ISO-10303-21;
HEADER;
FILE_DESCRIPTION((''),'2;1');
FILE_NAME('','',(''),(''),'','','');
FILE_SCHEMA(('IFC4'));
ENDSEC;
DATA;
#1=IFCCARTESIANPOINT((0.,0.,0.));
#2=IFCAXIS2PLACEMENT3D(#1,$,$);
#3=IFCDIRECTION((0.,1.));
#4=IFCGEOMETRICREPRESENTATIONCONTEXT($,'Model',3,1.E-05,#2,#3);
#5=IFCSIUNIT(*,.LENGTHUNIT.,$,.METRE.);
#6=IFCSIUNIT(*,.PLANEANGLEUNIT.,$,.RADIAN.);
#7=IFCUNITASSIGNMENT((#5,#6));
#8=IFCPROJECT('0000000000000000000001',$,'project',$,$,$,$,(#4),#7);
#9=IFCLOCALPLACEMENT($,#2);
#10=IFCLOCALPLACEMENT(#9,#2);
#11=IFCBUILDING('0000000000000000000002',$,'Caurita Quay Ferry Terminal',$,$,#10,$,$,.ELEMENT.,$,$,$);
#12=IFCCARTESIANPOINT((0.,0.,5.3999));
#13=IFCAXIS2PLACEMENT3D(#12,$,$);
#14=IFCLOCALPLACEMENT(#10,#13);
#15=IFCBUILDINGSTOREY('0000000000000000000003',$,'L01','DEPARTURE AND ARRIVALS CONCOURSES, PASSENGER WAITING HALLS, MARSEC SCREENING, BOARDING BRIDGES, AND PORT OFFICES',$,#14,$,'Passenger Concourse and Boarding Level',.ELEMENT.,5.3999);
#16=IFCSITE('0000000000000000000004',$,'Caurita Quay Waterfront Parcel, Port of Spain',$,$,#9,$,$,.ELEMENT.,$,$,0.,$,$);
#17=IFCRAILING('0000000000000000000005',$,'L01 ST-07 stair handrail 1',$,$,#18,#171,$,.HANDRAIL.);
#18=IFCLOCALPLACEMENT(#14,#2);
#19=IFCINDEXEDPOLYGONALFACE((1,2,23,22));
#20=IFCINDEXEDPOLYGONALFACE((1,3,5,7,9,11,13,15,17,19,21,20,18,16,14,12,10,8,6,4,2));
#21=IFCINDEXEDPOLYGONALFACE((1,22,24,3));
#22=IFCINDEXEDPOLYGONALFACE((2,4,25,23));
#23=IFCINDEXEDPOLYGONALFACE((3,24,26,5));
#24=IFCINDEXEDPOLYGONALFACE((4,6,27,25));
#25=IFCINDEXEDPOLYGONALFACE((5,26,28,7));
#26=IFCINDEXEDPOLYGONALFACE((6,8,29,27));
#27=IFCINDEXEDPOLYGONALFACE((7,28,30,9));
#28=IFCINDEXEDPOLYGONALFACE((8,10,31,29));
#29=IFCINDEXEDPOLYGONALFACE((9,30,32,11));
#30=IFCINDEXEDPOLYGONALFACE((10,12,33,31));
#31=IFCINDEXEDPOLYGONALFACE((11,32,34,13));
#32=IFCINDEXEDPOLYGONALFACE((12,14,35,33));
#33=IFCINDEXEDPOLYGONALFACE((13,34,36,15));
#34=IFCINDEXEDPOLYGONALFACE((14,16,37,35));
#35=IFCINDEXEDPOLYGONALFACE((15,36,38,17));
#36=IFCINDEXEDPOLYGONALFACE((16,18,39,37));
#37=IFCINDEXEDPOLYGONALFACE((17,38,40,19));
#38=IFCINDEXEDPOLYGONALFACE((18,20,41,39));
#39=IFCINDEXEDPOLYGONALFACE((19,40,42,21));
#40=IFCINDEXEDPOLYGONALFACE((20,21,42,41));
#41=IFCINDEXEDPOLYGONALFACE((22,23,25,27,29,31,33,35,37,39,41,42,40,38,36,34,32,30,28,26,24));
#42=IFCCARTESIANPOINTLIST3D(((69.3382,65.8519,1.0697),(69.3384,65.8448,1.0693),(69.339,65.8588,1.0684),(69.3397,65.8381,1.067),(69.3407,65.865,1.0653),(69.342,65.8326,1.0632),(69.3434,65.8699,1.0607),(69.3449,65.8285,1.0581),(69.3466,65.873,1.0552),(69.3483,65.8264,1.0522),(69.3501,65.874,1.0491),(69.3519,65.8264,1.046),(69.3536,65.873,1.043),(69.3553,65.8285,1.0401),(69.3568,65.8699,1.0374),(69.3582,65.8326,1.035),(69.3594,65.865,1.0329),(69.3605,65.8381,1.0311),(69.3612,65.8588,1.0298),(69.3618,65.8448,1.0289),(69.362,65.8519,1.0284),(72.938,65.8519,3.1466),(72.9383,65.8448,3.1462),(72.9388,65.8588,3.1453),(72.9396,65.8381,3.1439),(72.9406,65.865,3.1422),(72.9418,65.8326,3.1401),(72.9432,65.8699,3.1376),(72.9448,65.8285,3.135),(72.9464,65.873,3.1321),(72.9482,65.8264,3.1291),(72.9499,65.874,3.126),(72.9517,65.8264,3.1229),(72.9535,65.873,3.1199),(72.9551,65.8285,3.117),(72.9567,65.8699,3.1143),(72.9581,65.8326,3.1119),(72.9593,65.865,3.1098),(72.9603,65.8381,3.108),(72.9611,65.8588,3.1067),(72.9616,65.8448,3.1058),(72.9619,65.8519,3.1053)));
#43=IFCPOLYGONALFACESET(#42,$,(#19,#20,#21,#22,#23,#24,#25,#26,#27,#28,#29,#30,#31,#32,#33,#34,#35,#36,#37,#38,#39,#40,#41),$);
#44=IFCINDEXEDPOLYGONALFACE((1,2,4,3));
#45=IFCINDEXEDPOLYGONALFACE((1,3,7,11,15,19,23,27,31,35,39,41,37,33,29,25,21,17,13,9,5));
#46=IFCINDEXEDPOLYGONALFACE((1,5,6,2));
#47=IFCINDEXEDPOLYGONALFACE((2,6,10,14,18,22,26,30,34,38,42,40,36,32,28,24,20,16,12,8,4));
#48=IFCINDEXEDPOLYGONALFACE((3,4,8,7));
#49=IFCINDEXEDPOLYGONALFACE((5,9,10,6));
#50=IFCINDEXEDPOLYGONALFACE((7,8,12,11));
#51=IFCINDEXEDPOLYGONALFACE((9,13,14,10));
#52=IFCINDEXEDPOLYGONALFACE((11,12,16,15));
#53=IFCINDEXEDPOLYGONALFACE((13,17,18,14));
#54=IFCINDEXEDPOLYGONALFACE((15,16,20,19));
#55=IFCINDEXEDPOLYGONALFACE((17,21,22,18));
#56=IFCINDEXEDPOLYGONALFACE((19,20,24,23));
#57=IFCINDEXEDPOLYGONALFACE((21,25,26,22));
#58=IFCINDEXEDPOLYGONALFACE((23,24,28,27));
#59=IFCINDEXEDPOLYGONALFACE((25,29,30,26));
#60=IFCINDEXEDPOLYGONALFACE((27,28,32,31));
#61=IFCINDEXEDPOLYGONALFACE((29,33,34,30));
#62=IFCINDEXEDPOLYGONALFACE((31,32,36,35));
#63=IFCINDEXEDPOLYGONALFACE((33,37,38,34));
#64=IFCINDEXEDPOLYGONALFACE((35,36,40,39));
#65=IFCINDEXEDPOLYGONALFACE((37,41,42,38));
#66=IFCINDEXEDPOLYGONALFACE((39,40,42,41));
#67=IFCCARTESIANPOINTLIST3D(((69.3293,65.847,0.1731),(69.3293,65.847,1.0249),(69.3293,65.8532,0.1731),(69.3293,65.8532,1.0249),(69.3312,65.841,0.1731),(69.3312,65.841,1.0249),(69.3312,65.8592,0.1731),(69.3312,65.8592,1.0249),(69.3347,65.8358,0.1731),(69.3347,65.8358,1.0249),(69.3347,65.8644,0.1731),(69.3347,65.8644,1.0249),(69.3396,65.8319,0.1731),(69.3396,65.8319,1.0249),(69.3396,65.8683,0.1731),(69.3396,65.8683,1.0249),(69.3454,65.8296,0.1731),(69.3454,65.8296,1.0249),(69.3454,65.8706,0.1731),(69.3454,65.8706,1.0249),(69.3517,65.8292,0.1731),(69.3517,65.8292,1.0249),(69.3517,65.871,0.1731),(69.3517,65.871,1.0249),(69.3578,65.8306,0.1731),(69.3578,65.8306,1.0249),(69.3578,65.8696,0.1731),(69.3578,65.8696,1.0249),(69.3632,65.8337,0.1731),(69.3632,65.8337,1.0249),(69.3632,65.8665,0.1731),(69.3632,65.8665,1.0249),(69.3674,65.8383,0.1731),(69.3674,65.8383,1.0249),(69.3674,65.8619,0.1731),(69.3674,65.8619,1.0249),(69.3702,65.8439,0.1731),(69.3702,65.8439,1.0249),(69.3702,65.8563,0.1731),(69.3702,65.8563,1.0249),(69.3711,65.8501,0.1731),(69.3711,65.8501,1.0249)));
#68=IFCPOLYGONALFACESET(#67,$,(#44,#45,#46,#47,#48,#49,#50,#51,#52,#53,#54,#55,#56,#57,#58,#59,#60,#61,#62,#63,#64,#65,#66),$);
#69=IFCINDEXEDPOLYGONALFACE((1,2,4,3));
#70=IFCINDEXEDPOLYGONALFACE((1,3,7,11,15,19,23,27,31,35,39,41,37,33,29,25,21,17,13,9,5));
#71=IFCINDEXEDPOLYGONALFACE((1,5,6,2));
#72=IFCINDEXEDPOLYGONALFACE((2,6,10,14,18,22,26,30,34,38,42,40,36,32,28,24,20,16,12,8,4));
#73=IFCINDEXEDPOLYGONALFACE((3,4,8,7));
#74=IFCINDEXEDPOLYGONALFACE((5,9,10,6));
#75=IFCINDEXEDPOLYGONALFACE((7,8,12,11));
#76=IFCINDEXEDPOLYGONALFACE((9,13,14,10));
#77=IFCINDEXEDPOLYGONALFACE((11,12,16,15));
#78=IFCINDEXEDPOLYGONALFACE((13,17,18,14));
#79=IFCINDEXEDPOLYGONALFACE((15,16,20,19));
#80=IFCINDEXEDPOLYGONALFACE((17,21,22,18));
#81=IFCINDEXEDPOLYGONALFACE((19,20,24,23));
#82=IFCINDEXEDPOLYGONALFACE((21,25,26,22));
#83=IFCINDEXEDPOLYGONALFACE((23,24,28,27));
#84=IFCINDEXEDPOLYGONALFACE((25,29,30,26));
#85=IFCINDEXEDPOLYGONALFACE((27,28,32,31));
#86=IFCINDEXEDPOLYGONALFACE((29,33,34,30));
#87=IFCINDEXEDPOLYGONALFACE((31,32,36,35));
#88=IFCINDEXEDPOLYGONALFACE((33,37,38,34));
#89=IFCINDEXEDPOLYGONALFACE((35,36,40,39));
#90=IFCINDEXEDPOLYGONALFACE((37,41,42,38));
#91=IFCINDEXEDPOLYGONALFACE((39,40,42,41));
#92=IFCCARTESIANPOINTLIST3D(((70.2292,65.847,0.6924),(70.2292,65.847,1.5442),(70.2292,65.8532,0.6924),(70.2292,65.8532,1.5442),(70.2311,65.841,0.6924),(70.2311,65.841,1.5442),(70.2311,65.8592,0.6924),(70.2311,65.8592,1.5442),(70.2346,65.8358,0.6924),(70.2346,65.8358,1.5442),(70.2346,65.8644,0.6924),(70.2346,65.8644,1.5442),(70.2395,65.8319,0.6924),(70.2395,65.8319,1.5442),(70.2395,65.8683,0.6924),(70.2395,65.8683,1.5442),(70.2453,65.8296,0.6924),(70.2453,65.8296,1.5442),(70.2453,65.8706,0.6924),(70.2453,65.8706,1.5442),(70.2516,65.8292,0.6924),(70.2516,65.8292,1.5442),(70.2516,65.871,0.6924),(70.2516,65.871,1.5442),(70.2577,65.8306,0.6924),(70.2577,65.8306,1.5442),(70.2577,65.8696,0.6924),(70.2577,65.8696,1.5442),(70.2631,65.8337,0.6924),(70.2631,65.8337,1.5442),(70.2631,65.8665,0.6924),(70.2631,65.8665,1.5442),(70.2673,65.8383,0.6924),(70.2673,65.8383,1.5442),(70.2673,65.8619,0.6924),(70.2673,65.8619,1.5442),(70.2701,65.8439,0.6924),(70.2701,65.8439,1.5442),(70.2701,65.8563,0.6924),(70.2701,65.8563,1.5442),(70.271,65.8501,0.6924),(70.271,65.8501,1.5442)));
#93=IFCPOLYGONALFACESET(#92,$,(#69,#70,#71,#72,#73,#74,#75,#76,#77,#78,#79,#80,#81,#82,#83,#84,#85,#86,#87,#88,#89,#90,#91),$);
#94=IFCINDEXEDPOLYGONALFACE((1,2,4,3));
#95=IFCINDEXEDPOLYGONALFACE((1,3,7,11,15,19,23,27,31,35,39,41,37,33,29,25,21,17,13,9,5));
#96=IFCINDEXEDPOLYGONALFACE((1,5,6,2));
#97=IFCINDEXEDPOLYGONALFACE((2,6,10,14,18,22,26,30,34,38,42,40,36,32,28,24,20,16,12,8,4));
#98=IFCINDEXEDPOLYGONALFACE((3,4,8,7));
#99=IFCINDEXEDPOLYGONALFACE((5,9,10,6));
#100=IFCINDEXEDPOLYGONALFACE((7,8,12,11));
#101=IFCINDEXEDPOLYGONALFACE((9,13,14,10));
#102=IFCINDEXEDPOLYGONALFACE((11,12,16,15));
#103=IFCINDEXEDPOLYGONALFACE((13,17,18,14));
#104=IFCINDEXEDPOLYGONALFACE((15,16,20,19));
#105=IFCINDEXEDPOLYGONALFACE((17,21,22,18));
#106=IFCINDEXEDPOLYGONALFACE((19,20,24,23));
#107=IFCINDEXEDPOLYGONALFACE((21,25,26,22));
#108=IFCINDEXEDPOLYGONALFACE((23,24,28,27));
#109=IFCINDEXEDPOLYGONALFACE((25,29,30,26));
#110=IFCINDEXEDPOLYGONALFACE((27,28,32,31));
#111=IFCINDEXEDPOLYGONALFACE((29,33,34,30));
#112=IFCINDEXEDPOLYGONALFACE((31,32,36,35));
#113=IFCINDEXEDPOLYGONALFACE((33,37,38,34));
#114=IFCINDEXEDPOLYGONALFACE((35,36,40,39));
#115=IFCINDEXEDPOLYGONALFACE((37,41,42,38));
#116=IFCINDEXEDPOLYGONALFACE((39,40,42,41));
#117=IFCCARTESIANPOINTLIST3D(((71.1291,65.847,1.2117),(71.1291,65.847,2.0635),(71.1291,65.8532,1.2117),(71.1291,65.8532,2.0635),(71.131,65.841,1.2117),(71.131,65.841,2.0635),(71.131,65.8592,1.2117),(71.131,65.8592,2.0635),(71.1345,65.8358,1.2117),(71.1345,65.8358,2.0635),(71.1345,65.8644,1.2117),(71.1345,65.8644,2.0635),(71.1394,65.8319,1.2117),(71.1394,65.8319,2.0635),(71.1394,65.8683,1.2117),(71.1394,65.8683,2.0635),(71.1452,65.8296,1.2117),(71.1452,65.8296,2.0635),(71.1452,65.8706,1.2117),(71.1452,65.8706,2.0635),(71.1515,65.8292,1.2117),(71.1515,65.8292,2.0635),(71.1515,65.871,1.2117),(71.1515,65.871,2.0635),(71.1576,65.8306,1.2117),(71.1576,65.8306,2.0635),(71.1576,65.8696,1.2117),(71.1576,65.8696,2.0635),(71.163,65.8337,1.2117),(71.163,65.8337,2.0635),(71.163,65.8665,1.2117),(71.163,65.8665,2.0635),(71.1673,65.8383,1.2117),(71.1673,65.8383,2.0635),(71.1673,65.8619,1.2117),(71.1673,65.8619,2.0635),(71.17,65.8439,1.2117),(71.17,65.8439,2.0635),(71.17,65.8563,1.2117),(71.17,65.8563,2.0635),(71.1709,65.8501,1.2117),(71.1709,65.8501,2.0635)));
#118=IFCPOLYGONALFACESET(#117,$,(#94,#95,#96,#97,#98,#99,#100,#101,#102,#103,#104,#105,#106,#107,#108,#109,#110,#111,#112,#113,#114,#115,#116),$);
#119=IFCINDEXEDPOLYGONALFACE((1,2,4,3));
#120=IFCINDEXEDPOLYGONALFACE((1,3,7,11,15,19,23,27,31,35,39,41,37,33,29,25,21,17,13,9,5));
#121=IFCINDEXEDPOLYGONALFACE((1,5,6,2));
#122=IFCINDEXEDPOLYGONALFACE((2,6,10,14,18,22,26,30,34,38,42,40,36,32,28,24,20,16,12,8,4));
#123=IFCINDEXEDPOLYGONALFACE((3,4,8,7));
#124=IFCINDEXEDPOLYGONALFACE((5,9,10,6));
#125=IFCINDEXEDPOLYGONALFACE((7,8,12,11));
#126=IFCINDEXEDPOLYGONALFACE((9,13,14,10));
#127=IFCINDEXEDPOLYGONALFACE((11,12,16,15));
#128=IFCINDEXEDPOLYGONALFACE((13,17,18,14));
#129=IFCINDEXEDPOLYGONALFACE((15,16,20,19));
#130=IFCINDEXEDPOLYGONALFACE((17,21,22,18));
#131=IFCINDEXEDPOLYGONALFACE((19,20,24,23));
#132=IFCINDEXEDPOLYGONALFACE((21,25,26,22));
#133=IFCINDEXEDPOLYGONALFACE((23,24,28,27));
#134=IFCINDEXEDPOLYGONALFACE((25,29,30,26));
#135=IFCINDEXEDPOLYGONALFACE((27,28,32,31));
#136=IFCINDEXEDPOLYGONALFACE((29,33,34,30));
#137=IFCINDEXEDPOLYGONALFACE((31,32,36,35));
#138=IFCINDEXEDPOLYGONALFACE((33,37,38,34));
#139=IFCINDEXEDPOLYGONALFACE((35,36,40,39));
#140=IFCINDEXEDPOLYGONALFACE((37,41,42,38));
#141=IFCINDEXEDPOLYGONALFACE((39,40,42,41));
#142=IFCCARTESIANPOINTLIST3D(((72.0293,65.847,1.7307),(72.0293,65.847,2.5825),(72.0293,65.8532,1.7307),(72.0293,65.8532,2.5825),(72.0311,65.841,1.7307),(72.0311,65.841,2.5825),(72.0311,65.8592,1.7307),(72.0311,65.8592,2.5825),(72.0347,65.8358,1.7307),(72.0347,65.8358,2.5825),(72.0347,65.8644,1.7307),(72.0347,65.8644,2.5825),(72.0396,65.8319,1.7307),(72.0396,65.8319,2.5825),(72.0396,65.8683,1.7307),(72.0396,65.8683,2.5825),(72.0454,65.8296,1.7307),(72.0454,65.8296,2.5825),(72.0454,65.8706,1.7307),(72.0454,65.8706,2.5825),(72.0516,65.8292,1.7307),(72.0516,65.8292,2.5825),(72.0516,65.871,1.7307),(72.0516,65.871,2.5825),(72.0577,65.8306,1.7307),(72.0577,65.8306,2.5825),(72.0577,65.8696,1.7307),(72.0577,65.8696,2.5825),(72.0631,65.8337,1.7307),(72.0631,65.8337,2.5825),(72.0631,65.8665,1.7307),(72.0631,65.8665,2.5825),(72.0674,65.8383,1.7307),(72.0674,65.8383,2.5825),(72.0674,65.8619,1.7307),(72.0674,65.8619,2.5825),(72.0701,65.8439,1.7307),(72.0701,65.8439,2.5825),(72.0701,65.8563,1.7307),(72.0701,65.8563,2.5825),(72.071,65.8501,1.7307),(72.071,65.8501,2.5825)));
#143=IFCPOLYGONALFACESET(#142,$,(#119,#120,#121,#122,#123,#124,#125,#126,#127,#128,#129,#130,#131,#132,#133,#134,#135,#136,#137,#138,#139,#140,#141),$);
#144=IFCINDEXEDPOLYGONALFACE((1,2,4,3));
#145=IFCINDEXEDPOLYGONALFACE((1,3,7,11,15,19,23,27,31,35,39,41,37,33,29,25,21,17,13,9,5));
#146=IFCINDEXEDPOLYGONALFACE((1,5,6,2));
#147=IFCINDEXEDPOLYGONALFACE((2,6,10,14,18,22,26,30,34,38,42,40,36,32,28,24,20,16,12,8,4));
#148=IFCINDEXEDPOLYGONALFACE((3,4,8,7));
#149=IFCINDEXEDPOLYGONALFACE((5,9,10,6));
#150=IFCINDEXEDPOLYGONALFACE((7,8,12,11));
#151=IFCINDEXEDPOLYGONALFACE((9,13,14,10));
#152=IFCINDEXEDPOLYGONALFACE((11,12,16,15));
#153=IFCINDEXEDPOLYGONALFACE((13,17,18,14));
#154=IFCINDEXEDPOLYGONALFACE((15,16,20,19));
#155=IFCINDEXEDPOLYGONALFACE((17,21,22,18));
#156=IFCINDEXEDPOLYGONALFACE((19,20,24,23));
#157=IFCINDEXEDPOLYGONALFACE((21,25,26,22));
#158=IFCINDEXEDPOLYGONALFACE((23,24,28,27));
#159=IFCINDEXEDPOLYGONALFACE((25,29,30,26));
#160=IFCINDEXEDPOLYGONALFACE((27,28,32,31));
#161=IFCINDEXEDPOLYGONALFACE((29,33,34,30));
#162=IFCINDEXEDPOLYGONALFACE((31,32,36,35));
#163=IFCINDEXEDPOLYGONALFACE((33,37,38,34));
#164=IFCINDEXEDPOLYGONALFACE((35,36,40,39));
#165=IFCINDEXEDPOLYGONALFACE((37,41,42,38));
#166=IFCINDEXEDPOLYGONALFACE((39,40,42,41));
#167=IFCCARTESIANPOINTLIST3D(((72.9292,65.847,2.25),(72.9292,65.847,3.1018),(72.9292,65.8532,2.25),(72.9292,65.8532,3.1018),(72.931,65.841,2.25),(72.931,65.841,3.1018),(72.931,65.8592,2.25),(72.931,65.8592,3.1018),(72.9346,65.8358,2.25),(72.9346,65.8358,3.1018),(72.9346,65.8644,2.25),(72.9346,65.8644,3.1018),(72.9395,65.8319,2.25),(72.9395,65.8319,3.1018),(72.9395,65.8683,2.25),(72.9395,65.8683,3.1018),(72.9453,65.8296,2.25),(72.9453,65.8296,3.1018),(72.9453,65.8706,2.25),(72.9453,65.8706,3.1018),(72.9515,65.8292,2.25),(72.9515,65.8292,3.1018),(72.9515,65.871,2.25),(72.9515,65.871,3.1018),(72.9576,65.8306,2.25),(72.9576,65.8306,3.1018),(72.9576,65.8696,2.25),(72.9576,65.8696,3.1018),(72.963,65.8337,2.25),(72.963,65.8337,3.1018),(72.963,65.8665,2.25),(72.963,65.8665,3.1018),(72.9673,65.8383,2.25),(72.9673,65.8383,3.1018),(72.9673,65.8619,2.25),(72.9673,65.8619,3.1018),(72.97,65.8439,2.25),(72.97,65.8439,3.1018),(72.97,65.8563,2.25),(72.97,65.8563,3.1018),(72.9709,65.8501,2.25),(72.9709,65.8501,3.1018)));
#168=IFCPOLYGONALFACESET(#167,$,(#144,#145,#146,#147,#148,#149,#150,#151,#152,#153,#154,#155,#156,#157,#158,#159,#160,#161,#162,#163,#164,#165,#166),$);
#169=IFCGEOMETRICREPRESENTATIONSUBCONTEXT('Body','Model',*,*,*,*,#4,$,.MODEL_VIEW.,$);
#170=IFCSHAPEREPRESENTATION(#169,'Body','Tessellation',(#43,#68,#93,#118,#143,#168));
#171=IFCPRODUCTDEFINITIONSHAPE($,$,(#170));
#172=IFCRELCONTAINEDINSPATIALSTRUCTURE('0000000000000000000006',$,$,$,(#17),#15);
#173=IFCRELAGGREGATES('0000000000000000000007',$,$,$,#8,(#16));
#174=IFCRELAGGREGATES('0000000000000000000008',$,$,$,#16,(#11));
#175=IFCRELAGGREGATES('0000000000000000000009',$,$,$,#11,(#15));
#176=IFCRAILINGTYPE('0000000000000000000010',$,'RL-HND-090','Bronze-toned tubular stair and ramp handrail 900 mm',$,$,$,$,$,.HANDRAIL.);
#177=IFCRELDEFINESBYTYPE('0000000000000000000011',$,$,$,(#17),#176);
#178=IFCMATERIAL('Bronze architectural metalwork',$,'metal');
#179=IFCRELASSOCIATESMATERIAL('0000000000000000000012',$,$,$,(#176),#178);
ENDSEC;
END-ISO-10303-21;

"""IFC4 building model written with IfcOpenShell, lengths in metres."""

from ifc_helpers import new_model, si_unit, direction, frame, origin, origin_2d, place, context, subcontext, project, spatial, circle, extrude, material, type_object, element, save


model = new_model("IFC4")

# Units and contexts
model_context = context("Model", 3, precision=1e-05, world=origin(), true_north=direction((0.0, 1.0)))
body_context = subcontext(model_context, "Body", "Model", "MODEL_VIEW")
ifc_project = project(units=[si_unit("LENGTHUNIT", "METRE"), si_unit("PLANEANGLEUNIT", "RADIAN")], contexts=[model_context])

# Site, building, storey
site_placement = place(None, origin())
site = spatial("IfcSite", under=ifc_project, at=site_placement, Name="Caurita Quay Waterfront Parcel, Port of Spain", CompositionType="ELEMENT", RefElevation=0.0)
building_placement = place(site_placement, origin())
building = spatial("IfcBuilding", under=site, at=building_placement, Name="Caurita Quay Ferry Terminal", CompositionType="ELEMENT")
storey_placement = place(building_placement, frame((0.0, 0.0, 5.3999)))
storey = spatial("IfcBuildingStorey", under=building, at=storey_placement, Name="L01", Description="DEPARTURE AND ARRIVALS CONCOURSES, PASSENGER WAITING HALLS, MARSEC SCREENING, BOARDING BRIDGES, AND PORT OFFICES", LongName="Passenger Concourse and Boarding Level", CompositionType="ELEMENT", Elevation=5.3999)

# Railing
ifc_material_1 = material(Name="Bronze architectural metalwork", Category="metal")
railing_type = type_object("IfcRailingType", Name="RL-HND-090", Description="Bronze-toned tubular stair and ramp handrail 900 mm", PredefinedType="HANDRAIL", material=ifc_material_1)
railing_placement = place(storey_placement, frame((69.3501, 65.8501, 0.1731)))
element("IfcRailing", 1, at=railing_placement, inside=storey, type_object=railing_type, Name="L01 ST-07 stair handrail 1", PredefinedType="HANDRAIL", context=body_context, shape_type="SweptSolid", body=[
    extrude(circle(Radius=0.0239, at=origin_2d()), frame((0.0, 0.0, 0.876), z_axis=(0.866179, 0.0, 0.499734), x_axis=(0.0, 1.0, 0.0)), (0.0, 0.0, 1.0), 4.156),
    extrude(circle(Radius=0.021, at=origin_2d()), origin(), (0.0, 0.0, 1.0), 0.8518),
    extrude(circle(Radius=0.021, at=origin_2d()), frame((0.8999, 0.0, 0.5193)), (0.0, 0.0, 1.0), 0.8518),
    extrude(circle(Radius=0.021, at=origin_2d()), frame((1.7998, 0.0, 1.0386)), (0.0, 0.0, 1.0), 0.8518),
    extrude(circle(Radius=0.021, at=origin_2d()), frame((2.7, 0.0, 1.5576)), (0.0, 0.0, 1.0), 0.8518),
    extrude(circle(Radius=0.021, at=origin_2d()), frame((3.5999, 0.0, 2.0769)), (0.0, 0.0, 1.0), 0.8518),
])

save(model, "model.ifc")
